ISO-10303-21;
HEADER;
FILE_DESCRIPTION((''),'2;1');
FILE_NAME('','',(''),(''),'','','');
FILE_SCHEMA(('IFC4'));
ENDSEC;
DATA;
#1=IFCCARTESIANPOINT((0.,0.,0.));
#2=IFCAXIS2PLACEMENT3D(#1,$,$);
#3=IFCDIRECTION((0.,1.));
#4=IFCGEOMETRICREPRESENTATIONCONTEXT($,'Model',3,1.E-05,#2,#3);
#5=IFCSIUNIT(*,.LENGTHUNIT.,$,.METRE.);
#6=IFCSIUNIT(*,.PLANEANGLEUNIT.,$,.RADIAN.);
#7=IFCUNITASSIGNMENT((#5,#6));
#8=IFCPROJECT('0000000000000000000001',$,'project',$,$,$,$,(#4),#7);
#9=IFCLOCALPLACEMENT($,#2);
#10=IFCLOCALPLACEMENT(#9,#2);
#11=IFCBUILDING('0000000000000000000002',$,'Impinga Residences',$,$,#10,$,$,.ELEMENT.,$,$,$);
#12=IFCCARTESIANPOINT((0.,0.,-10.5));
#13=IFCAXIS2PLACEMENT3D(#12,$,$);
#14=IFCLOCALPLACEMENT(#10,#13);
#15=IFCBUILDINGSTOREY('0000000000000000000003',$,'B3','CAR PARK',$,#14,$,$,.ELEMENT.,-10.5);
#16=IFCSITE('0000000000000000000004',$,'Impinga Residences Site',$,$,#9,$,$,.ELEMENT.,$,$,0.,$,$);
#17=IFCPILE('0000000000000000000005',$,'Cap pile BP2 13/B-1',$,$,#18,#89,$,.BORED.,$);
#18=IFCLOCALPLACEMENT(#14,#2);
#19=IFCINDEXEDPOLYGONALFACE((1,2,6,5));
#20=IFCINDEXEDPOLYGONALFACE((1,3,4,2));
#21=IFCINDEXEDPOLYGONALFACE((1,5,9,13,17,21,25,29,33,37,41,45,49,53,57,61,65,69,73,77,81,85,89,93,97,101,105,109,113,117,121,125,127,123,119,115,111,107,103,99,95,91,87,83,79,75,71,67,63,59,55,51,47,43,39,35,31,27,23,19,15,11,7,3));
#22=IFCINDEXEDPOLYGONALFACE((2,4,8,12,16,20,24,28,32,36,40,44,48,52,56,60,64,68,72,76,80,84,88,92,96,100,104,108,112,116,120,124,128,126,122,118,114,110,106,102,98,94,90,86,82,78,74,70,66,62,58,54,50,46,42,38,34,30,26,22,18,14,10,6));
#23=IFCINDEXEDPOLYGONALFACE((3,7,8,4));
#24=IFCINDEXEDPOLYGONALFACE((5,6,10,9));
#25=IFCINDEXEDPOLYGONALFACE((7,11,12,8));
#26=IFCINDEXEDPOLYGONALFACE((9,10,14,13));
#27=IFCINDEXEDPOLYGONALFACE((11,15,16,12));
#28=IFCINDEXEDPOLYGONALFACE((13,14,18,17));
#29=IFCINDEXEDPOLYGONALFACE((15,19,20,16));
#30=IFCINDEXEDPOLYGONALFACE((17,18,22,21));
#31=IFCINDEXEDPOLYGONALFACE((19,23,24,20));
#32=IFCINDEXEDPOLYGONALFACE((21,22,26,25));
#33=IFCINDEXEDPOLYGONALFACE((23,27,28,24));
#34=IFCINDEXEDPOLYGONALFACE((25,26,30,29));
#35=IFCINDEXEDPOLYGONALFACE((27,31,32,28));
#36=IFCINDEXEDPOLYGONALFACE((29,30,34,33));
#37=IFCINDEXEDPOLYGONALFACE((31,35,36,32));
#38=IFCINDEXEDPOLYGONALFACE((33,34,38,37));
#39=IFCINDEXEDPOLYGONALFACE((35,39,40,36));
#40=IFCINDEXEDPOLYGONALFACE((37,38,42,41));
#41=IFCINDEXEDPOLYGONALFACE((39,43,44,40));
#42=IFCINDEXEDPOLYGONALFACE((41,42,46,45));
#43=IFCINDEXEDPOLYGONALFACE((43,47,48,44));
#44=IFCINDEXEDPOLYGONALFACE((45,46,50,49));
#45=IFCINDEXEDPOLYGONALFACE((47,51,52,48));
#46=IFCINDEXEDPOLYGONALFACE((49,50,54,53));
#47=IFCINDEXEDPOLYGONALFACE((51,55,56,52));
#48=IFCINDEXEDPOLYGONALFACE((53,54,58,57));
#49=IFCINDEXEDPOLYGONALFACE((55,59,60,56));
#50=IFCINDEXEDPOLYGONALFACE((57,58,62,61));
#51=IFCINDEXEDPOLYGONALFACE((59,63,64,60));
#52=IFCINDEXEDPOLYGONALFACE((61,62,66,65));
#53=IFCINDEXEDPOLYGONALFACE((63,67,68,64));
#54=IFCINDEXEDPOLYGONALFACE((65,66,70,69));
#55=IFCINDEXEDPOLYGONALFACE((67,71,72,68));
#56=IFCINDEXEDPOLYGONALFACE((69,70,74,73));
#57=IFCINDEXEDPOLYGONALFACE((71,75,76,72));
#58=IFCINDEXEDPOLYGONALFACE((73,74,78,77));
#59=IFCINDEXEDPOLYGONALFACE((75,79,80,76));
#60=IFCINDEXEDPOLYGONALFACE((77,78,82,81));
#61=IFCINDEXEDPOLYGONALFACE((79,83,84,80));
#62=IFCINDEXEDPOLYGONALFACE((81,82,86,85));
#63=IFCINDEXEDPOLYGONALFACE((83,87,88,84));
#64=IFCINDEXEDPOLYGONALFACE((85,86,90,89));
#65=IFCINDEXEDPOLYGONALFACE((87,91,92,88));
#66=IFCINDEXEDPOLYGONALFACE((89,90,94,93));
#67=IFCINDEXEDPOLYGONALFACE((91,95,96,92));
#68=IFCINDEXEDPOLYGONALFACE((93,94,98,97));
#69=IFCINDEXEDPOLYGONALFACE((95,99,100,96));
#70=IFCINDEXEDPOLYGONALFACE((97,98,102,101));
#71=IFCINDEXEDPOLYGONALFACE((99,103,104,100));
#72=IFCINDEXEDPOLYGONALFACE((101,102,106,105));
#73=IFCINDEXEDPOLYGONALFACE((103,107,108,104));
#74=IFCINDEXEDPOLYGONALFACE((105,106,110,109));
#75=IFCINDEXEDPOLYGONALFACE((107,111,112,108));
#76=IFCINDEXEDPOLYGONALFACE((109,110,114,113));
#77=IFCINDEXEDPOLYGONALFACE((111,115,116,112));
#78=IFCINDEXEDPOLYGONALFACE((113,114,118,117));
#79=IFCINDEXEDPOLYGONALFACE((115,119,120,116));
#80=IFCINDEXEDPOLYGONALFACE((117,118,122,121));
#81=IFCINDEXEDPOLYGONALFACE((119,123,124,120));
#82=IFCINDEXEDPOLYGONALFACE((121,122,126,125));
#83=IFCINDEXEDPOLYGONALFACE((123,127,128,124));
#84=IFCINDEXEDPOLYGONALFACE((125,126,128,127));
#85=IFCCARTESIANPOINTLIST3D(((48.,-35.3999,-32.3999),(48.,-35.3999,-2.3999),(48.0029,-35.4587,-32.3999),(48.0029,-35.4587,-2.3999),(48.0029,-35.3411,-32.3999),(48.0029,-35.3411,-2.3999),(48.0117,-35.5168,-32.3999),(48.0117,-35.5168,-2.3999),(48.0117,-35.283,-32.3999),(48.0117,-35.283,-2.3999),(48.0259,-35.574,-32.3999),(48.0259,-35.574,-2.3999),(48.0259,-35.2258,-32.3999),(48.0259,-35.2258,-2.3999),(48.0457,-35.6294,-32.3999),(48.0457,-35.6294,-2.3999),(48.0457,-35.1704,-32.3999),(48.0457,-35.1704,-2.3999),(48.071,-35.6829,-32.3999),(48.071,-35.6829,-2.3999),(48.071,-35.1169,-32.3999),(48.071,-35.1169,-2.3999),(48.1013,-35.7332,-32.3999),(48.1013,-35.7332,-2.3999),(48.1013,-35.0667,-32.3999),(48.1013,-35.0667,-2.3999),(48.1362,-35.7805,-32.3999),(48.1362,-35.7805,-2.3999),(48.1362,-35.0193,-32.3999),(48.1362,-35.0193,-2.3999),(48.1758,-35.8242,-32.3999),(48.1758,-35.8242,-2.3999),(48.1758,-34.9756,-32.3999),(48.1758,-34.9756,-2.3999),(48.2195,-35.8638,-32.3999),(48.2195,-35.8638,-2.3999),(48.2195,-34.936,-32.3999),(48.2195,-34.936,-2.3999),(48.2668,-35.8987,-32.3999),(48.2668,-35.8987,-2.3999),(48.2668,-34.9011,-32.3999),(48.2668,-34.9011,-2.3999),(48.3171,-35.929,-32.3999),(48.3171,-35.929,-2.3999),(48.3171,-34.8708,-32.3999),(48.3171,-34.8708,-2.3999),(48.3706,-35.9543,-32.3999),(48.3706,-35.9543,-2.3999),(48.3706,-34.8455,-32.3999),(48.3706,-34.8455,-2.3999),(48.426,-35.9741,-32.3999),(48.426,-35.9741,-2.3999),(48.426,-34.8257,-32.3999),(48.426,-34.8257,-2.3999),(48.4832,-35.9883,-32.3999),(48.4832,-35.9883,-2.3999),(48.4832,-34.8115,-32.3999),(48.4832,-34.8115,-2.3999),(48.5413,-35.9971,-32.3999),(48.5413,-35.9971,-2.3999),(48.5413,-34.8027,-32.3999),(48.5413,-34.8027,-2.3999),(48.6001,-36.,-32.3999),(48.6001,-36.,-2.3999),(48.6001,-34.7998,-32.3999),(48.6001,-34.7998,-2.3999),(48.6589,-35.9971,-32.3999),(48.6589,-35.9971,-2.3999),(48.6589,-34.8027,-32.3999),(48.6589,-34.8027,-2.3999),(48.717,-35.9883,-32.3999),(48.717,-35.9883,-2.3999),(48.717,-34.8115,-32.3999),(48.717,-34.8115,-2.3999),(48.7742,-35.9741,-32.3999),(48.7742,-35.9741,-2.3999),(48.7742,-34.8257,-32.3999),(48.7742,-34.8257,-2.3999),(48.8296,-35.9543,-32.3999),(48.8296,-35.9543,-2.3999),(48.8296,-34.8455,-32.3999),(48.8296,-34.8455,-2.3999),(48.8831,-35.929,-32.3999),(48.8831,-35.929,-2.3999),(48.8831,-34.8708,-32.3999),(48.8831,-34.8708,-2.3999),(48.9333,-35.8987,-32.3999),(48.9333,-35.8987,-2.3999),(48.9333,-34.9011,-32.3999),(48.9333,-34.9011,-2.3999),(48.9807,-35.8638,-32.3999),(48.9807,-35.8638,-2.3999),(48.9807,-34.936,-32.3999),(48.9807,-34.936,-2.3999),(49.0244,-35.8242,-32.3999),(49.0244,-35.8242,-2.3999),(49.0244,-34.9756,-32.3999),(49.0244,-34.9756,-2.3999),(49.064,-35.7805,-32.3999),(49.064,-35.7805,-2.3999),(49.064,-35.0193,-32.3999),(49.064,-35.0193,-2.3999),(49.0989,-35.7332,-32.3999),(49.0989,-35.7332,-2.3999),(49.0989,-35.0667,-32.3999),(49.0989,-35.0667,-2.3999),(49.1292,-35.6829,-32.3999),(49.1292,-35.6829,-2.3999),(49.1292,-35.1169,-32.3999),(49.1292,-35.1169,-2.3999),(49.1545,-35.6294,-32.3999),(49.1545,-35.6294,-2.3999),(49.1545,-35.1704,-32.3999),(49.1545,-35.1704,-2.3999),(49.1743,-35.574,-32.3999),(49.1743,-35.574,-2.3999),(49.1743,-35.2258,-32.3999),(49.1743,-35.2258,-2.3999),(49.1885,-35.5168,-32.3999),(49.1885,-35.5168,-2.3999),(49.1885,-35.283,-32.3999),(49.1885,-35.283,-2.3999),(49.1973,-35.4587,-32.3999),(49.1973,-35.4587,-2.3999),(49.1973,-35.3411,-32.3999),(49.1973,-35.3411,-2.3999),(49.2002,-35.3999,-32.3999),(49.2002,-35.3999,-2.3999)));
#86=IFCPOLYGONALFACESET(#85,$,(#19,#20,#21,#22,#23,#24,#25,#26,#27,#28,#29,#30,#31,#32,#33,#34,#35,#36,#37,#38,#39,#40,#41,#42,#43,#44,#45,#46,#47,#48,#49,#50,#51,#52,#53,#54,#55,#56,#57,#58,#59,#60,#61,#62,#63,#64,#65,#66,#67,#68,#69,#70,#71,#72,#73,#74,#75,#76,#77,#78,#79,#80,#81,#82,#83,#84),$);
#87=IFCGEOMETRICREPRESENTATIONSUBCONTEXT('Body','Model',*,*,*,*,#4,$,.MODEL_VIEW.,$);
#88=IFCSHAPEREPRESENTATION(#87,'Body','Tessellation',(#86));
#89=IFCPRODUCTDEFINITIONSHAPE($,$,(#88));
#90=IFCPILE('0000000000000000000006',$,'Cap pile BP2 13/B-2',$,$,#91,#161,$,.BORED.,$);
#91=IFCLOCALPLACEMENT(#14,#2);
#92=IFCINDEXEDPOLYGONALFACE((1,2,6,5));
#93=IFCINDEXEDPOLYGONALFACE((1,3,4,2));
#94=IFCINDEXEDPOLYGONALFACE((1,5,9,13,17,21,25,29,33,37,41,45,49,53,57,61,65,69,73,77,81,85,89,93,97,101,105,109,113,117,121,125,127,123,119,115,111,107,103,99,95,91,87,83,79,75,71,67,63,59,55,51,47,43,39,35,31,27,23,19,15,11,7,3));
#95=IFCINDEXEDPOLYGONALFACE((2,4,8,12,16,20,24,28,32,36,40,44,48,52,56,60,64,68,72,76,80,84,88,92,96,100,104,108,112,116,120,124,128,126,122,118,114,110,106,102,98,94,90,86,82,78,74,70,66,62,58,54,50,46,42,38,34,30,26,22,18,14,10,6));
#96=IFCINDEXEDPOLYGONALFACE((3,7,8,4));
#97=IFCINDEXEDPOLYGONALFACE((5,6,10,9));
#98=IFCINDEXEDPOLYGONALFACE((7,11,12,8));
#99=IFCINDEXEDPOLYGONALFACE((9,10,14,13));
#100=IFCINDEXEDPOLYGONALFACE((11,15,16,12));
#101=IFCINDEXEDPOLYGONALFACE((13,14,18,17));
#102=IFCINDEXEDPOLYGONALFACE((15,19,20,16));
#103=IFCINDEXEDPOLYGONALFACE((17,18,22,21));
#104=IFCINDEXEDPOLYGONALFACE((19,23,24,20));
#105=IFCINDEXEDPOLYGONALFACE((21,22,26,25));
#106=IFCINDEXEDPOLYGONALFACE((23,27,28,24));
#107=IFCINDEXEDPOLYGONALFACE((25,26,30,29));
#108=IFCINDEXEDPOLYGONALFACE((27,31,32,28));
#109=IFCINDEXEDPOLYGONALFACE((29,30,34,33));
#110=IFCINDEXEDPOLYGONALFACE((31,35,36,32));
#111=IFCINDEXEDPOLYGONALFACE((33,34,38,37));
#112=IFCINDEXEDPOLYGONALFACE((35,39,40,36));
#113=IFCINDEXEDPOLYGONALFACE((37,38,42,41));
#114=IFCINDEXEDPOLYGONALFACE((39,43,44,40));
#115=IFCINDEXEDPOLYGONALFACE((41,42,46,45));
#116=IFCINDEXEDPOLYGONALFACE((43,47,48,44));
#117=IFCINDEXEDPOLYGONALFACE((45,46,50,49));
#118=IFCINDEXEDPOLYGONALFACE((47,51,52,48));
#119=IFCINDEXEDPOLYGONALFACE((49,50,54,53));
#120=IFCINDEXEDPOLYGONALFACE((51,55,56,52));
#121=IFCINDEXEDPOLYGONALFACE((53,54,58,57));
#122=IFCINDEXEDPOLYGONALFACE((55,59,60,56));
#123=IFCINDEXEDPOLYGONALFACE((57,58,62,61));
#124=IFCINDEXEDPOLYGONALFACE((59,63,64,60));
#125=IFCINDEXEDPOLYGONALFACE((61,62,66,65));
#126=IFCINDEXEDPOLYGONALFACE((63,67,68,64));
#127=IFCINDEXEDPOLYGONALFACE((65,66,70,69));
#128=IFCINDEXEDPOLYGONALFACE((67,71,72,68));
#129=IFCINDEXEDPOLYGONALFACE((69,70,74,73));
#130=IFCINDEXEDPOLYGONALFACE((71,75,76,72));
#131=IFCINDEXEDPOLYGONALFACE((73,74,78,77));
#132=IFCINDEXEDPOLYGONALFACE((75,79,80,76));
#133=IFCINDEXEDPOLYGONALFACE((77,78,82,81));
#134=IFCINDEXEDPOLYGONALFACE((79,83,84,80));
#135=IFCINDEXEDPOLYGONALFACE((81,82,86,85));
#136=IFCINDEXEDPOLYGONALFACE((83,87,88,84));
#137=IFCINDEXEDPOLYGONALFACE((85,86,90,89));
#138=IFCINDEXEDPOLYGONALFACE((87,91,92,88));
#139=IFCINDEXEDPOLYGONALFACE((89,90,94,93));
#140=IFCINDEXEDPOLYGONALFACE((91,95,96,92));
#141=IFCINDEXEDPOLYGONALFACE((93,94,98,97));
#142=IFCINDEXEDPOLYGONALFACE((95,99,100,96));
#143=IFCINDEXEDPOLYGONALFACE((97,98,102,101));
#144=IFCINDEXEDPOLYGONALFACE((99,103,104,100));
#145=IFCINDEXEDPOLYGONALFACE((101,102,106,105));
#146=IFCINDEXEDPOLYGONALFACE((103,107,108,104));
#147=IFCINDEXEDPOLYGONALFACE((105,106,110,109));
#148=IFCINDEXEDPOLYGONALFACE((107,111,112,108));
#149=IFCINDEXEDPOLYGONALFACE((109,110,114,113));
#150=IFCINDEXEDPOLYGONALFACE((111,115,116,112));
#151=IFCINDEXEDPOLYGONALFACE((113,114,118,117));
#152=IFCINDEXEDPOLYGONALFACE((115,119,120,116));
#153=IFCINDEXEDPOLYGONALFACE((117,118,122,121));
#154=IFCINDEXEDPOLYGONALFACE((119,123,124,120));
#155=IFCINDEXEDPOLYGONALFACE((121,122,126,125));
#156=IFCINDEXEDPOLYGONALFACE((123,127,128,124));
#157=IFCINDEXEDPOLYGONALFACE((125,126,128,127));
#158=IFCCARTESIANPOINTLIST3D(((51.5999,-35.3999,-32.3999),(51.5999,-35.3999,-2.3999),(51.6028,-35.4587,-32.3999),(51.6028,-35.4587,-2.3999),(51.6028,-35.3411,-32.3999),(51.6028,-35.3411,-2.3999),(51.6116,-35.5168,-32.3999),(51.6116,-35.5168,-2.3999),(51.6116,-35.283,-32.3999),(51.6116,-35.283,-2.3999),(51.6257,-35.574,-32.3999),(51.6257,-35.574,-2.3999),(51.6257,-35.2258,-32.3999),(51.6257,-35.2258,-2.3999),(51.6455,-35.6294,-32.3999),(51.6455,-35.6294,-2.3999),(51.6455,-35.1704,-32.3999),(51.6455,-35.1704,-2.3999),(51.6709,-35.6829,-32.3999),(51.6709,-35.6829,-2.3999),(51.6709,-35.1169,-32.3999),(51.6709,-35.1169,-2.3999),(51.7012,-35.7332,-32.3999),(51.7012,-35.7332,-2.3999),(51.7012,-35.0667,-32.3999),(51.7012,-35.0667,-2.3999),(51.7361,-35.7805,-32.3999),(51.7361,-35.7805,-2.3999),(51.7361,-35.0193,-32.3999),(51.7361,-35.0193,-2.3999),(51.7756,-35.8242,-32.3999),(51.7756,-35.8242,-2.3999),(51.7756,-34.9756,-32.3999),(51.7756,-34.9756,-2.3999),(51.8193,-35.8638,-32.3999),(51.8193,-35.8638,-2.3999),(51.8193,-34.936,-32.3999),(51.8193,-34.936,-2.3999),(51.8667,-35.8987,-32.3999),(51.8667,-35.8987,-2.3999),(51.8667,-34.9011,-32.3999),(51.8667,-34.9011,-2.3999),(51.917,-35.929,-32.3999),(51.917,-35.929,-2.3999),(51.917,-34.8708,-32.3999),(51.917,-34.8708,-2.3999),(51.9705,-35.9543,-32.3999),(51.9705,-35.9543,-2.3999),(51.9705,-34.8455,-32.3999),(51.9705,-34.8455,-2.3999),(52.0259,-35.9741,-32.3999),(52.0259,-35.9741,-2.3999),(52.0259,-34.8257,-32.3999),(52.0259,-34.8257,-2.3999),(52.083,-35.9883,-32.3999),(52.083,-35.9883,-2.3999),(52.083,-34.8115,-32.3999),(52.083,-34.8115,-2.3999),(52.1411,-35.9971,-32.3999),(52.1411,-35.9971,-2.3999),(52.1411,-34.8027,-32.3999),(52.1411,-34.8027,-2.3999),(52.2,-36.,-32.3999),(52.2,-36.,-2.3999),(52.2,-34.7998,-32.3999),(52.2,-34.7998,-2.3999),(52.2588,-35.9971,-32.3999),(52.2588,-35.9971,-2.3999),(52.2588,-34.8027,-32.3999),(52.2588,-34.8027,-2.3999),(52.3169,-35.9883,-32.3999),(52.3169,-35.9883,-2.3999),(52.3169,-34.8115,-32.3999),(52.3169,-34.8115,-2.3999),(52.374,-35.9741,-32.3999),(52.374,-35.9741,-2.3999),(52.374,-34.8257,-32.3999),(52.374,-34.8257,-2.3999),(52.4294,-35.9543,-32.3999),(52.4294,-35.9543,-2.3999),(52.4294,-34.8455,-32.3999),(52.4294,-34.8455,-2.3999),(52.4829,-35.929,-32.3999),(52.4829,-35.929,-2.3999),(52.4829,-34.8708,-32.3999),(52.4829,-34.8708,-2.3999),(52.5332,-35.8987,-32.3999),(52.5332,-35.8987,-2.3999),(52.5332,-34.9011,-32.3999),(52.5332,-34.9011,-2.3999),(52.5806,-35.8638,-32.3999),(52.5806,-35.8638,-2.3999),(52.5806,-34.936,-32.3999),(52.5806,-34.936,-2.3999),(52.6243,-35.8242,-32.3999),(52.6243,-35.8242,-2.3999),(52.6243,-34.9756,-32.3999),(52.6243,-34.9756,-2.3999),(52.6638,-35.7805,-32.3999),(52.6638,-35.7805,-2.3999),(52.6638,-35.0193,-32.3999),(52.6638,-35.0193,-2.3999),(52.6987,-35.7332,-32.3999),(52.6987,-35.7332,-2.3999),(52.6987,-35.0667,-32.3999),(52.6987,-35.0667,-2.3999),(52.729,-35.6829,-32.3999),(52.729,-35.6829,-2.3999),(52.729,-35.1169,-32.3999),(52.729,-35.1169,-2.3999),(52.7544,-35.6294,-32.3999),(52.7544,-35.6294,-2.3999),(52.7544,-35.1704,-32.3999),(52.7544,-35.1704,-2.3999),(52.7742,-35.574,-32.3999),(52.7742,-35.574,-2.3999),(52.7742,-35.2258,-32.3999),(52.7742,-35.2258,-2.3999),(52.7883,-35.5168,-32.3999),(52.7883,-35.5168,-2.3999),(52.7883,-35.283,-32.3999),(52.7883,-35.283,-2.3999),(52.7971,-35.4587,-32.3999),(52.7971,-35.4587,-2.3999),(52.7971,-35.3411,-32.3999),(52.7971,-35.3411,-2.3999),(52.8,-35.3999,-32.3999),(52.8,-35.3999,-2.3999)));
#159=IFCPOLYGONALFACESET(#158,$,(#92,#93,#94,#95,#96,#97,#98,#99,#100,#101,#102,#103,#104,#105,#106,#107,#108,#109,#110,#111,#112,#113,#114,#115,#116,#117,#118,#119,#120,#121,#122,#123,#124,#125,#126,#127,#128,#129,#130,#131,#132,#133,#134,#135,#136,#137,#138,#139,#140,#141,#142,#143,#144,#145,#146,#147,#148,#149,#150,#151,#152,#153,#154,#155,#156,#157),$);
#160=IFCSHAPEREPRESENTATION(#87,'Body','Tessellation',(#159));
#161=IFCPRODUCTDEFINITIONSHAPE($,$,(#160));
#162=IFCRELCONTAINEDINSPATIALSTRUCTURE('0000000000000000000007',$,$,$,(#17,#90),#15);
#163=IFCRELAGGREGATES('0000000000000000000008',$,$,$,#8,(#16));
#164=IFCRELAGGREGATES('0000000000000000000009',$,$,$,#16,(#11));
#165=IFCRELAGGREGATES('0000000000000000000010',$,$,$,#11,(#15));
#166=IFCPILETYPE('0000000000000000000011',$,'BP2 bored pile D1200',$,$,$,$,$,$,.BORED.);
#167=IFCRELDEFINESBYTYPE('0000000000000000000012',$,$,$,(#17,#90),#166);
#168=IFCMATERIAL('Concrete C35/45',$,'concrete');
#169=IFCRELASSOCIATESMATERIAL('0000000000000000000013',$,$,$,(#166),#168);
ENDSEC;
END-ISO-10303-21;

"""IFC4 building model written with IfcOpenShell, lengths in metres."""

from ifc_helpers import new_model, si_unit, direction, frame, origin, origin_2d, place, context, subcontext, project, spatial, polyline, circle, outline, extrude, material, material_profile, profile_set, type_object, element, save


model = new_model("IFC4")

# Units and contexts
model_context = context("Model", 3, precision=1e-05, world=origin(), true_north=direction((0.0, 1.0)))
body_context = subcontext(model_context, "Body", "Model", "MODEL_VIEW")
ifc_project = project(units=[si_unit("LENGTHUNIT", "METRE"), si_unit("PLANEANGLEUNIT", "RADIAN")], contexts=[model_context])

# Site, building, storey
site_placement = place(None, origin())
site = spatial("IfcSite", under=ifc_project, at=site_placement, Name="Impinga Residences Site", CompositionType="ELEMENT", RefElevation=0.0)
building_placement = place(site_placement, origin())
building = spatial("IfcBuilding", under=site, at=building_placement, Name="Impinga Residences", CompositionType="ELEMENT")
storey_placement = place(building_placement, frame((0.0, 0.0, -10.5)))
storey = spatial("IfcBuildingStorey", under=building, at=storey_placement, Name="B3", Description="CAR PARK", CompositionType="ELEMENT", Elevation=-10.5)

# Piles
ifc_material_1 = material(Name="Concrete C35/45", Category="concrete")
ifc_material_profile_1 = material_profile(ifc_material_1, circle(Radius=0.6001, at=origin_2d()), Name="D1200")
ifc_profile_set_1 = profile_set([ifc_material_profile_1], Name="Concrete C35/45")
pile_type_1 = type_object("IfcPileType", Name="BP2 bored pile D1200", PredefinedType="BORED", material=ifc_profile_set_1)
pile_1_placement = place(storey_placement, frame((48.6001, -35.3999, -2.3999), z_axis=(0.0, 0.0, -1.0), x_axis=(1.0, 0.0, 0.0)))
element("IfcPile", 1, at=pile_1_placement, inside=storey, type_object=pile_type_1, Name="Cap pile BP2 13/B-1", PredefinedType="BORED", context=body_context, shape_type="SweptSolid", body=[
    extrude(outline(polyline([(0.6001, 0.0), (0.5972, 0.0588), (0.5884, 0.1169), (0.5742, 0.1741), (0.5544, 0.2295), (0.5291, 0.283), (0.4988, 0.3333), (0.4639, 0.3806), (0.4243, 0.4243), (0.3806, 0.4639), (0.3333, 0.4988), (0.283, 0.5291), (0.2295, 0.5544), (0.1741, 0.5742), (0.1169, 0.5884), (0.0588, 0.5972), (0.0, 0.6001), (-0.0588, 0.5972), (-0.1169, 0.5884), (-0.1741, 0.5742), (-0.2295, 0.5544), (-0.283, 0.5291), (-0.3333, 0.4988), (-0.3806, 0.4639), (-0.4243, 0.4243), (-0.4639, 0.3806), (-0.4988, 0.3333), (-0.5291, 0.283), (-0.5544, 0.2295), (-0.5742, 0.1741), (-0.5884, 0.1169), (-0.5972, 0.0588), (-0.6001, 0.0), (-0.5972, -0.0588), (-0.5884, -0.1169), (-0.5742, -0.1741), (-0.5544, -0.2295), (-0.5291, -0.283), (-0.4988, -0.3333), (-0.4639, -0.3806), (-0.4243, -0.4243), (-0.3806, -0.4639), (-0.3333, -0.4988), (-0.283, -0.5291), (-0.2295, -0.5544), (-0.1741, -0.5742), (-0.1169, -0.5884), (-0.0588, -0.5972), (0.0, -0.6001), (0.0588, -0.5972), (0.1169, -0.5884), (0.1741, -0.5742), (0.2295, -0.5544), (0.283, -0.5291), (0.3333, -0.4988), (0.3806, -0.4639), (0.4243, -0.4243), (0.4639, -0.3806), (0.4988, -0.3333), (0.5291, -0.283), (0.5544, -0.2295), (0.5742, -0.1741), (0.5884, -0.1169), (0.5972, -0.0588), (0.6001, 0.0)])), origin(), (0.0, 0.0, 1.0), 30.0),
])
pile_2_placement = place(storey_placement, frame((52.2, -35.3999, -2.3999), z_axis=(0.0, 0.0, -1.0), x_axis=(1.0, 0.0, 0.0)))
element("IfcPile", 2, at=pile_2_placement, inside=storey, type_object=pile_type_1, Name="Cap pile BP2 13/B-2", PredefinedType="BORED", context=body_context, shape_type="SweptSolid", body=[
    extrude(outline(polyline([(0.6001, 0.0), (0.5972, 0.0588), (0.5884, 0.1169), (0.5742, 0.1741), (0.5544, 0.2295), (0.5291, 0.283), (0.4988, 0.3333), (0.4639, 0.3806), (0.4243, 0.4243), (0.3806, 0.4639), (0.3333, 0.4988), (0.283, 0.5291), (0.2295, 0.5544), (0.1741, 0.5742), (0.1169, 0.5884), (0.0588, 0.5972), (0.0, 0.6001), (-0.0588, 0.5972), (-0.1169, 0.5884), (-0.1741, 0.5742), (-0.2295, 0.5544), (-0.283, 0.5291), (-0.3333, 0.4988), (-0.3806, 0.4639), (-0.4243, 0.4243), (-0.4639, 0.3806), (-0.4988, 0.3333), (-0.5291, 0.283), (-0.5544, 0.2295), (-0.5742, 0.1741), (-0.5884, 0.1169), (-0.5972, 0.0588), (-0.6001, 0.0), (-0.5972, -0.0588), (-0.5884, -0.1169), (-0.5742, -0.1741), (-0.5544, -0.2295), (-0.5291, -0.283), (-0.4988, -0.3333), (-0.4639, -0.3806), (-0.4243, -0.4243), (-0.3806, -0.4639), (-0.3333, -0.4988), (-0.283, -0.5291), (-0.2295, -0.5544), (-0.1741, -0.5742), (-0.1169, -0.5884), (-0.0588, -0.5972), (0.0, -0.6001), (0.0588, -0.5972), (0.1169, -0.5884), (0.1741, -0.5742), (0.2295, -0.5544), (0.283, -0.5291), (0.3333, -0.4988), (0.3806, -0.4639), (0.4243, -0.4243), (0.4639, -0.3806), (0.4988, -0.3333), (0.5291, -0.283), (0.5544, -0.2295), (0.5742, -0.1741), (0.5884, -0.1169), (0.5972, -0.0588), (0.6001, 0.0)])), origin(), (0.0, 0.0, 1.0), 30.0),
])

save(model, "model.ifc")
